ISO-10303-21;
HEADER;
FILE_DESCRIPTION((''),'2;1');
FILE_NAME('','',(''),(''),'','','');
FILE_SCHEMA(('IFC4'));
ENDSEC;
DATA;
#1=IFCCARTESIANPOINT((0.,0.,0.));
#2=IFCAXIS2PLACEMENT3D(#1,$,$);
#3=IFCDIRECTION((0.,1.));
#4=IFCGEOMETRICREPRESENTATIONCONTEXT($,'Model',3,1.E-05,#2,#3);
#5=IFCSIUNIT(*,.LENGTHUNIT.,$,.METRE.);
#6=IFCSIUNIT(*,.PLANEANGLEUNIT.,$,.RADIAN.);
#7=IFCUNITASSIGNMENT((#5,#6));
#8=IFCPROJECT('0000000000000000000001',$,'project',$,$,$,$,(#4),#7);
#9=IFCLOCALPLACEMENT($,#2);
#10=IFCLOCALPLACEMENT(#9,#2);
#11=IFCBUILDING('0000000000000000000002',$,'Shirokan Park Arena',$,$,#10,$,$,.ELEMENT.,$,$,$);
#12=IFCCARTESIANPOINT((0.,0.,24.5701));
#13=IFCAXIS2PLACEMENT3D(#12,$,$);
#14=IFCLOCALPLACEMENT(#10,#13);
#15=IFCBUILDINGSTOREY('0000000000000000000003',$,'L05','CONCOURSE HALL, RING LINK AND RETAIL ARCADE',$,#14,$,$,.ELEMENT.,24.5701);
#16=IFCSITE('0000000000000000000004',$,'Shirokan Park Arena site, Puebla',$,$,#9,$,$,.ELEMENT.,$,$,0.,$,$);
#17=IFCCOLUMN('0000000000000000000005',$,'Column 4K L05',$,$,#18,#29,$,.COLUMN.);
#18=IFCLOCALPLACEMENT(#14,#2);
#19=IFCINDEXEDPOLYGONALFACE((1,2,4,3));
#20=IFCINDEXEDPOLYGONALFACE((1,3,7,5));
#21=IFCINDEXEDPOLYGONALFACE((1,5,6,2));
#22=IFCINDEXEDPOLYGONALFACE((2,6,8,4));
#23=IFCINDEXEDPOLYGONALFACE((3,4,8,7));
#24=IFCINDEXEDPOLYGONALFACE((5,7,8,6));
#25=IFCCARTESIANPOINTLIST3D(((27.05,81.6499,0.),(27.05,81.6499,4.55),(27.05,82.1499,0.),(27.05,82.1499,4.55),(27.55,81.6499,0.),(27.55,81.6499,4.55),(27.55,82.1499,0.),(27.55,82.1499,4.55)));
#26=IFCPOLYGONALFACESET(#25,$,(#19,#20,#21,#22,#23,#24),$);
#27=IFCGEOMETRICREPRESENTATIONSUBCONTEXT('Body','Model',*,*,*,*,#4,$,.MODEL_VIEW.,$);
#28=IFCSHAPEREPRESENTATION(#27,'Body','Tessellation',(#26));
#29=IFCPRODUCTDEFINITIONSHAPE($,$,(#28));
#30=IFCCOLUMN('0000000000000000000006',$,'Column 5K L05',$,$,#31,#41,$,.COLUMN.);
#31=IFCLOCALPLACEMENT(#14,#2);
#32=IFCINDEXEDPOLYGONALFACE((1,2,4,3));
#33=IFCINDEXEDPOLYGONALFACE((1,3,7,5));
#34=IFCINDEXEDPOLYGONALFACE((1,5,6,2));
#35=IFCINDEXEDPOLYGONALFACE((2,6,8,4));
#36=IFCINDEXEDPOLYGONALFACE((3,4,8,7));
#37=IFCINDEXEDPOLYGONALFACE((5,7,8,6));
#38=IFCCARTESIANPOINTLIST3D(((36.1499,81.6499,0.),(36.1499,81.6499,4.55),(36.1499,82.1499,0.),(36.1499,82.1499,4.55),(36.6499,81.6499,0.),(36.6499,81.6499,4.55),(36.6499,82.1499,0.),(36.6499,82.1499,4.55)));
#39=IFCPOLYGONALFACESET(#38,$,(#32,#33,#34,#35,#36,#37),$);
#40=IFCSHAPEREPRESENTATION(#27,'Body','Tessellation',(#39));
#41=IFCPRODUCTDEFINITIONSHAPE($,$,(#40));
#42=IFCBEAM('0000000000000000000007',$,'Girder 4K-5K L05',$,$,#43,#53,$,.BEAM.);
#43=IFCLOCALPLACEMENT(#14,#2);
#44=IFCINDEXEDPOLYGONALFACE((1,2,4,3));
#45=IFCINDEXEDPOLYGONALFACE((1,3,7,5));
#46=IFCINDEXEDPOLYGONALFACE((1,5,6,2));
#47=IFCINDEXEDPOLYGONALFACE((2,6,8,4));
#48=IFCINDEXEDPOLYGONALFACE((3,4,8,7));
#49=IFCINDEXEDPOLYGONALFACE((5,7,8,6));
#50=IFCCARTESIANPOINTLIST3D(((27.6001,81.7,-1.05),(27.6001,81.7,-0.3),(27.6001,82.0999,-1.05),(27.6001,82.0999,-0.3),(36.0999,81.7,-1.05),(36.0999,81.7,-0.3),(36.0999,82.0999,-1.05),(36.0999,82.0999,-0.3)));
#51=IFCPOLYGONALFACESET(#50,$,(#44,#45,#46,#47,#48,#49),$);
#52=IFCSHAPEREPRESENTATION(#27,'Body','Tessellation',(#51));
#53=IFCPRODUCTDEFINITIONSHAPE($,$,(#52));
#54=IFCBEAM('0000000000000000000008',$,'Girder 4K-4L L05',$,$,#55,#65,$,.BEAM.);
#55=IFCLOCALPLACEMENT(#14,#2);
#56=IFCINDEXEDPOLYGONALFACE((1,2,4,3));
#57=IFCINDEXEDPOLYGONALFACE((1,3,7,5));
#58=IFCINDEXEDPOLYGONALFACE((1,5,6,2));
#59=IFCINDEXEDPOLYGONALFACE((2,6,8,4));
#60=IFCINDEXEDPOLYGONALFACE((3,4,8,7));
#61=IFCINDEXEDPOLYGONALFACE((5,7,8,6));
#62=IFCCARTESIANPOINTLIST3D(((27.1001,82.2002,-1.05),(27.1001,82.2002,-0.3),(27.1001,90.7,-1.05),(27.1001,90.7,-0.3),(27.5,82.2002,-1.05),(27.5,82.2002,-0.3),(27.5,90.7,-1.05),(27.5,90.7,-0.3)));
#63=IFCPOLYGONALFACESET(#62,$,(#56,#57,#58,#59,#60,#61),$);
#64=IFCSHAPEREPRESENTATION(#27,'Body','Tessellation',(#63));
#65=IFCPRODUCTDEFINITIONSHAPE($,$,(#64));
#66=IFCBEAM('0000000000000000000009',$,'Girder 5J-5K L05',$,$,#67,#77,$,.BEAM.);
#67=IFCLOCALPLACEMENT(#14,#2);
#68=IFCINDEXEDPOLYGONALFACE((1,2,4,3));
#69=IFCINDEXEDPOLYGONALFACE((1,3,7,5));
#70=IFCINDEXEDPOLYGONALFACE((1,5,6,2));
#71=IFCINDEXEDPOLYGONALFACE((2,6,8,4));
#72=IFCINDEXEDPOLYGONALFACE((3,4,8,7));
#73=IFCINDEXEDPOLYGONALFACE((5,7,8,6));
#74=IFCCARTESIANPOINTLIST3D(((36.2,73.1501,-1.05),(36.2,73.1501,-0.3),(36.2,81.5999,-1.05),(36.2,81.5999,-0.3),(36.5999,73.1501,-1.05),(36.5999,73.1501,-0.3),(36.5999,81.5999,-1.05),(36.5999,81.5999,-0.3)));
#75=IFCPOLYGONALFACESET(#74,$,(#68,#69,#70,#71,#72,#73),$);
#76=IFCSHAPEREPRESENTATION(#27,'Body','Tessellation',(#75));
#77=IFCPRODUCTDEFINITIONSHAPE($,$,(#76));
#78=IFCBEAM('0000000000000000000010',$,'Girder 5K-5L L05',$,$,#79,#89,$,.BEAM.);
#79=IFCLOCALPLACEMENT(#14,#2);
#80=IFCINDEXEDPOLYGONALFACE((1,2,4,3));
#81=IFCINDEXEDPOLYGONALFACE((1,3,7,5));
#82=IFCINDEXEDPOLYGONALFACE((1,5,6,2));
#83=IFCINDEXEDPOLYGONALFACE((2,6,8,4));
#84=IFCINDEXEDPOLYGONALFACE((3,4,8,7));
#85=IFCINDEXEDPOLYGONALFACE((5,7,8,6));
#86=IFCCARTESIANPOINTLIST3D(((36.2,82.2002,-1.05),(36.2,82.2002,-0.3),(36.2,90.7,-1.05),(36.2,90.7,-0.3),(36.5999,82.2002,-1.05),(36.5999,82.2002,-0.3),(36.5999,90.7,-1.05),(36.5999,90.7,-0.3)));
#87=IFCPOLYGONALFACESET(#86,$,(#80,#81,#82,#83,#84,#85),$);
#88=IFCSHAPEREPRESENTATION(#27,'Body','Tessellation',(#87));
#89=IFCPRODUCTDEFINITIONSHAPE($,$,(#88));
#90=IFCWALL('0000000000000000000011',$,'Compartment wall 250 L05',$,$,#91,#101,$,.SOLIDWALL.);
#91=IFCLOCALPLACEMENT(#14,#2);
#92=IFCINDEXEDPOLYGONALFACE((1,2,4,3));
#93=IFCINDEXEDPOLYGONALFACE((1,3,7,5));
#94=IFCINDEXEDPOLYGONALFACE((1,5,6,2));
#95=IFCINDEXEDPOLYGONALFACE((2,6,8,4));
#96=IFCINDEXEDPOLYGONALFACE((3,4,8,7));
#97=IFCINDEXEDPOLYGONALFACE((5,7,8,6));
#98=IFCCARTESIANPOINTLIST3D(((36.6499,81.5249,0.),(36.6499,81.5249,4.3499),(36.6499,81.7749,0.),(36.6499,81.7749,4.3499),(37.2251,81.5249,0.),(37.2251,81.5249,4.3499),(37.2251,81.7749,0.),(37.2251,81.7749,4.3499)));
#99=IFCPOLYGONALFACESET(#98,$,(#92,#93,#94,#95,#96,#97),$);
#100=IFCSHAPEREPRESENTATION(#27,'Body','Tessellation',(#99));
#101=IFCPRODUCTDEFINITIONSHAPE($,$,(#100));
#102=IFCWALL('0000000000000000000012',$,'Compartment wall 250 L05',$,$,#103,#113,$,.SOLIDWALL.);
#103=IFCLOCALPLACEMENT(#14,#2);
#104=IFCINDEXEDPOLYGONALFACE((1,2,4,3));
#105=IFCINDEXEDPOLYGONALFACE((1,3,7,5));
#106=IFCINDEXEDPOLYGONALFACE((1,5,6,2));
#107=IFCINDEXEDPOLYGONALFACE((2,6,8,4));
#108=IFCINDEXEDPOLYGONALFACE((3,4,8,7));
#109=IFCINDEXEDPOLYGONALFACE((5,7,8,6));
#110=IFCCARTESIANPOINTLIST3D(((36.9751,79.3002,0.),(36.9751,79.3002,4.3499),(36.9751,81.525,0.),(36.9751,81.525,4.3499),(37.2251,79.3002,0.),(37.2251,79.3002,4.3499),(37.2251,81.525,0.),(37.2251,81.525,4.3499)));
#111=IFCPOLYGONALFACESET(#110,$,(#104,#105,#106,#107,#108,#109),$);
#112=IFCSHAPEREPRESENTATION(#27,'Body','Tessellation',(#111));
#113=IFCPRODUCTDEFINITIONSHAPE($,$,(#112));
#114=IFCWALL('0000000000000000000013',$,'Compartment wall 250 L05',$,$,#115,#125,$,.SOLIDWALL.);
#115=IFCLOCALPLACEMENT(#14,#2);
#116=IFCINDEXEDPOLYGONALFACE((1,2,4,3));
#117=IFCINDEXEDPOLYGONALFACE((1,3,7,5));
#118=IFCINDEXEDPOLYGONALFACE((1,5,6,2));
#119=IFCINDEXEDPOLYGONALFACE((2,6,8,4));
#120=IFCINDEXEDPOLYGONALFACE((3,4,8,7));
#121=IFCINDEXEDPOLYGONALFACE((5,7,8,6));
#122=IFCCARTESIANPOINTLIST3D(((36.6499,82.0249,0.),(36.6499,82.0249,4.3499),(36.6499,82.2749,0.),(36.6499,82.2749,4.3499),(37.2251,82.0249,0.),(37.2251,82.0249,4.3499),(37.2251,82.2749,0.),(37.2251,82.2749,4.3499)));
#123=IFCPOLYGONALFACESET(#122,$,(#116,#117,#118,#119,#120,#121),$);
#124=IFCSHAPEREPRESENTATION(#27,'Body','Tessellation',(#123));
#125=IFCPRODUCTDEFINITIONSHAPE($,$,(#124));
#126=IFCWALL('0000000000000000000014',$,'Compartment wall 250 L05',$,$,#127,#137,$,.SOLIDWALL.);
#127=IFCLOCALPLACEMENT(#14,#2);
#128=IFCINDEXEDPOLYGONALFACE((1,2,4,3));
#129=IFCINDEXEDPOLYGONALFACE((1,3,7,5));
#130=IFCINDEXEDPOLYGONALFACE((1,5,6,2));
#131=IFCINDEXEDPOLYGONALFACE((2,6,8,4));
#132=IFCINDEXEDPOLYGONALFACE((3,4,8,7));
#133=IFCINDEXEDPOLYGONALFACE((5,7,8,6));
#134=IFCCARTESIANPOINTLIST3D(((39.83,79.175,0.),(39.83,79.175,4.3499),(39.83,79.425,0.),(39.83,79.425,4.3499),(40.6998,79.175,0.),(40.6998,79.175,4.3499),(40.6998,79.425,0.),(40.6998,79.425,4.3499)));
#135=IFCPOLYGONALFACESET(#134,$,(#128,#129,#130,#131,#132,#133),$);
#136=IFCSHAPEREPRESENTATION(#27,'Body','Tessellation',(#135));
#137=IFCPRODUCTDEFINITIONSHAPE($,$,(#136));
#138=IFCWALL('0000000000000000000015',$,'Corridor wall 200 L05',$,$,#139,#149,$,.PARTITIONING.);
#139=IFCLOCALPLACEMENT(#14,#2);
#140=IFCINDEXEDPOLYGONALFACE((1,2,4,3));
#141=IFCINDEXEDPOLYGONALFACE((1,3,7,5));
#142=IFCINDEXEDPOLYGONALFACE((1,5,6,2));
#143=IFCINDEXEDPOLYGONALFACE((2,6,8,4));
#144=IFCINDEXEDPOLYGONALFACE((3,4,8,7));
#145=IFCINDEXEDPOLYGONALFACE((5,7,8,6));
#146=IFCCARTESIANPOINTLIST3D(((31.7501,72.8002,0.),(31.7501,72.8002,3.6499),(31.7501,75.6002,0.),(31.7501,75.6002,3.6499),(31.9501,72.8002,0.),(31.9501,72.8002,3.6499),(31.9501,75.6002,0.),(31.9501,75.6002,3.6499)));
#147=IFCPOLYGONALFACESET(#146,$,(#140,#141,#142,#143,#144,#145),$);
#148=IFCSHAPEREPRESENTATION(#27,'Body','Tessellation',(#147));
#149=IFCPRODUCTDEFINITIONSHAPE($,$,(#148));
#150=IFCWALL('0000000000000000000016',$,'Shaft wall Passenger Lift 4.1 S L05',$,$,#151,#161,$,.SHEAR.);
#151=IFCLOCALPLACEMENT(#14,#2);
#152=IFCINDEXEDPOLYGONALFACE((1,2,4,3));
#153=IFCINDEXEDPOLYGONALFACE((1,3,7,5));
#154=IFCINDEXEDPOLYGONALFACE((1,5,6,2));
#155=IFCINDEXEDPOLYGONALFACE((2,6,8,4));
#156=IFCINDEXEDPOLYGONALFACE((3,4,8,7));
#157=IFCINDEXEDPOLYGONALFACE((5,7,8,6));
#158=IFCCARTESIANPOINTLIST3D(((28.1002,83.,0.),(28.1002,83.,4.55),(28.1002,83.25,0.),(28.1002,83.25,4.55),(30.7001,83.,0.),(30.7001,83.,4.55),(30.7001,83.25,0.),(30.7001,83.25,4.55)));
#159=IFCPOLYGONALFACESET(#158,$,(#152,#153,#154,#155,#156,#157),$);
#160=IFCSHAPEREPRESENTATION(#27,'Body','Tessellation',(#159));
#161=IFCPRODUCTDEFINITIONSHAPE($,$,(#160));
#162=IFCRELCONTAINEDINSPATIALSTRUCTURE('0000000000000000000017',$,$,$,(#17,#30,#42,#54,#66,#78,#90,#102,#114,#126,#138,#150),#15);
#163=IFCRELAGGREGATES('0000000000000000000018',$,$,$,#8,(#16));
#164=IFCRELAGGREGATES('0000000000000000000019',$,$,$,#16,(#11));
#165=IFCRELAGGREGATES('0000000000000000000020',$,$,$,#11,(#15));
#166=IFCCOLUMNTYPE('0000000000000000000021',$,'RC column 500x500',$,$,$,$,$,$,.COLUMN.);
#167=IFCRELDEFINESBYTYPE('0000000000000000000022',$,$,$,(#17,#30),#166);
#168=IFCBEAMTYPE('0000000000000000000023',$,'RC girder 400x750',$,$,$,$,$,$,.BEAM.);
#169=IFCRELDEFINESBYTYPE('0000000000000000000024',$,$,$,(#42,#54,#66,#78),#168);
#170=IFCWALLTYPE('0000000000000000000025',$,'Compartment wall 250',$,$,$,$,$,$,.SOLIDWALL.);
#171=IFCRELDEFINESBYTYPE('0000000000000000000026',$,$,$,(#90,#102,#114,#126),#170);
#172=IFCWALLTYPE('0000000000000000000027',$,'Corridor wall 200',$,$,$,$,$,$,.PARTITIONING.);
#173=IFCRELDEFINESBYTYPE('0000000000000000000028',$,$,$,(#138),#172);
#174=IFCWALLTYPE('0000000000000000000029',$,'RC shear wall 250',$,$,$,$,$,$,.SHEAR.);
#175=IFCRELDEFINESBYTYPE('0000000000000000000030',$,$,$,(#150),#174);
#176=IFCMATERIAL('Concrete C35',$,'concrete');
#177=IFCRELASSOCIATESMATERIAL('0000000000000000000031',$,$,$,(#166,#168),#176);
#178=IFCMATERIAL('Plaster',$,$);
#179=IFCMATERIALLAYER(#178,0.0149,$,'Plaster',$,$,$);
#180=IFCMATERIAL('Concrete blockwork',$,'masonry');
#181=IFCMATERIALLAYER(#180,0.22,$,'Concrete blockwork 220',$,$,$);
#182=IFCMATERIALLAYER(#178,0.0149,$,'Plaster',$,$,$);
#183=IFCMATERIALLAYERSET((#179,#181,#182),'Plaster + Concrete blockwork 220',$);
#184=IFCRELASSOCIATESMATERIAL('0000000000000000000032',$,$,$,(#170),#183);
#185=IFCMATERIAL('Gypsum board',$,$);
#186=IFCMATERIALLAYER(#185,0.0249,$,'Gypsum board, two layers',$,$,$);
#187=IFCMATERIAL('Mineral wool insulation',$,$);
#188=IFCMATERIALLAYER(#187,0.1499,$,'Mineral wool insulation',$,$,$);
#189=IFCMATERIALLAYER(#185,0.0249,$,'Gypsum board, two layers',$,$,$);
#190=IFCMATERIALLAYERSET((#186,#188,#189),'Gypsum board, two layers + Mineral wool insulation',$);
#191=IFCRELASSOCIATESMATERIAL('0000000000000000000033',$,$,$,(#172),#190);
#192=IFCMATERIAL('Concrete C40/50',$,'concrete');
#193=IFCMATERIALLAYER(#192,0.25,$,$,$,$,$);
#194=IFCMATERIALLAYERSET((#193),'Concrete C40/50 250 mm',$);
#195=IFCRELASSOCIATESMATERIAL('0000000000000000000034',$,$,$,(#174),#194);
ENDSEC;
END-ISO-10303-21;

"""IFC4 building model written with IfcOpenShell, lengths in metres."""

from ifc_helpers import new_model, si_unit, direction, frame, frame_2d, origin, origin_2d, place, context, subcontext, project, spatial, rectangle, extrude, material, layer, layer_set, material_profile, profile_set, type_object, element, save


model = new_model("IFC4")

# Units and contexts
model_context = context("Model", 3, precision=1e-05, world=origin(), true_north=direction((0.0, 1.0)))
body_context = subcontext(model_context, "Body", "Model", "MODEL_VIEW")
ifc_project = project(units=[si_unit("LENGTHUNIT", "METRE"), si_unit("PLANEANGLEUNIT", "RADIAN")], contexts=[model_context])

# Site, building, storey
site_placement = place(None, origin())
site = spatial("IfcSite", under=ifc_project, at=site_placement, Name="Shirokan Park Arena site, Puebla", CompositionType="ELEMENT", RefElevation=0.0)
building_placement = place(site_placement, origin())
building = spatial("IfcBuilding", under=site, at=building_placement, Name="Shirokan Park Arena", CompositionType="ELEMENT")
storey_placement = place(building_placement, frame((0.0, 0.0, 24.5701)))
storey = spatial("IfcBuildingStorey", under=building, at=storey_placement, Name="L05", Description="CONCOURSE HALL, RING LINK AND RETAIL ARCADE", CompositionType="ELEMENT", Elevation=24.5701)

# Columns
ifc_material_1 = material(Name="Concrete C35", Category="concrete")
ifc_material_profile_1 = material_profile(ifc_material_1, rectangle(XDim=0.5, YDim=0.5, at=origin_2d()), Name="500x500")
ifc_profile_set_1 = profile_set([ifc_material_profile_1], Name="Concrete C35")
column_type = type_object("IfcColumnType", Name="RC column 500x500", PredefinedType="COLUMN", material=ifc_profile_set_1)
for number, where, z_axis, x_axis, name in (
    (1, (27.3, 81.8999, 0.0), (0.0, 0.0, 1.0), (1.0, 0.0, 0.0), "Column 4K L05"),
    (2, (36.3999, 81.8999, 0.0), (0.0, 0.0, 1.0), (1.0, 0.0, 0.0), "Column 5K L05"),
):
    element("IfcColumn", number, at=place(storey_placement, frame(where, z_axis=z_axis, x_axis=x_axis)), inside=storey, type_object=column_type, Name=name, PredefinedType="COLUMN", context=body_context, shape_type="SweptSolid", body=[
        extrude(rectangle(XDim=0.5, YDim=0.5, at=origin_2d()), origin(), (0.0, 0.0, 1.0), 4.55),
    ])

# Beams
ifc_material_profile_2 = material_profile(ifc_material_1, rectangle(XDim=0.3999, YDim=0.75, at=origin_2d()), Name="400x750")
ifc_profile_set_2 = profile_set([ifc_material_profile_2], Name="Concrete C35")
beam_type = type_object("IfcBeamType", Name="RC girder 400x750", PredefinedType="BEAM", material=ifc_profile_set_2)
for number, where, z_axis, x_axis, name in (
    (3, (27.6001, 81.8999, -0.675), (1.0, 0.0, 0.0), (0.0, 1.0, 0.0), "Girder 4K-5K L05"),
    (4, (27.3, 82.2002, -0.675), (0.0, 1.0, 0.0), (-1.0, 0.0, 0.0), "Girder 4K-4L L05"),
):
    element("IfcBeam", number, at=place(storey_placement, frame(where, z_axis=z_axis, x_axis=x_axis)), inside=storey, type_object=beam_type, Name=name, PredefinedType="BEAM", context=body_context, shape_type="SweptSolid", body=[
        extrude(rectangle(XDim=0.3999, YDim=0.75, at=origin_2d()), origin(), (0.0, 0.0, 1.0), 8.4998),
    ])
beam_1_placement = place(storey_placement, frame((36.3999, 73.1501, -0.675), z_axis=(0.0, 1.0, 0.0), x_axis=(-1.0, 0.0, 0.0)))
element("IfcBeam", 5, at=beam_1_placement, inside=storey, type_object=beam_type, Name="Girder 5J-5K L05", PredefinedType="BEAM", context=body_context, shape_type="SweptSolid", body=[
    extrude(rectangle(XDim=0.3999, YDim=0.75, at=origin_2d()), origin(), (0.0, 0.0, 1.0), 8.4497),
])
beam_2_placement = place(storey_placement, frame((36.3999, 82.2002, -0.675), z_axis=(0.0, 1.0, 0.0), x_axis=(-1.0, 0.0, 0.0)))
element("IfcBeam", 6, at=beam_2_placement, inside=storey, type_object=beam_type, Name="Girder 5K-5L L05", PredefinedType="BEAM", context=body_context, shape_type="SweptSolid", body=[
    extrude(rectangle(XDim=0.3999, YDim=0.75, at=origin_2d()), origin(), (0.0, 0.0, 1.0), 8.4998),
])

# Walls
ifc_material_2 = material(Name="Plaster")
ifc_layer_1 = layer(ifc_material_2, 0.0149, Name="Plaster")
ifc_material_3 = material(Name="Concrete blockwork", Category="masonry")
ifc_layer_2 = layer(ifc_material_3, 0.22, Name="Concrete blockwork 220")
ifc_layer_3 = layer(ifc_material_2, 0.0149, Name="Plaster")
ifc_layer_set_1 = layer_set([ifc_layer_1, ifc_layer_2, ifc_layer_3], Name="Plaster + Concrete blockwork 220")
wall_type_1 = type_object("IfcWallType", Name="Compartment wall 250", PredefinedType="SOLIDWALL", material=ifc_layer_set_1)
wall_1_placement = place(storey_placement, frame((36.6499, 81.6499, 0.0), z_axis=(0.0, 0.0, 1.0), x_axis=(1.0, 0.0, 0.0)))
element("IfcWall", 7, at=wall_1_placement, inside=storey, type_object=wall_type_1, Name="Compartment wall 250 L05", PredefinedType="SOLIDWALL", context=body_context, shape_type="SweptSolid", body=[
    extrude(rectangle(XDim=0.5752, YDim=0.25, at=frame_2d((0.2876, 0.0))), origin(), (0.0, 0.0, 1.0), 4.3499),
])
wall_2_placement = place(storey_placement, frame((37.1001, 81.5249, 0.0), z_axis=(0.0, 0.0, 1.0), x_axis=(0.0, -1.0, 0.0)))
element("IfcWall", 8, at=wall_2_placement, inside=storey, type_object=wall_type_1, Name="Compartment wall 250 L05", PredefinedType="SOLIDWALL", context=body_context, shape_type="SweptSolid", body=[
    extrude(rectangle(XDim=2.2249, YDim=0.25, at=frame_2d((1.1123, 0.0))), origin(), (0.0, 0.0, 1.0), 4.3499),
])
wall_3_placement = place(storey_placement, frame((37.2251, 82.1499, 0.0), z_axis=(0.0, 0.0, 1.0), x_axis=(-1.0, 0.0, 0.0)))
element("IfcWall", 9, at=wall_3_placement, inside=storey, type_object=wall_type_1, Name="Compartment wall 250 L05", PredefinedType="SOLIDWALL", context=body_context, shape_type="SweptSolid", body=[
    extrude(rectangle(XDim=0.5752, YDim=0.25, at=frame_2d((0.2876, 0.0))), origin(), (0.0, 0.0, 1.0), 4.3499),
])
wall_4_placement = place(storey_placement, frame((40.7, 79.3, 0.0), z_axis=(0.0, 0.0, 1.0), x_axis=(-1.0, 0.0, 0.0)))
element("IfcWall", 10, at=wall_4_placement, inside=storey, type_object=wall_type_1, Name="Compartment wall 250 L05", PredefinedType="SOLIDWALL", context=body_context, shape_type="SweptSolid", body=[
    extrude(rectangle(XDim=0.8699, YDim=0.25, at=frame_2d((0.4351, 0.0))), origin(), (0.0, 0.0, 1.0), 4.3499),
])
ifc_material_4 = material(Name="Gypsum board")
ifc_layer_4 = layer(ifc_material_4, 0.0249, Name="Gypsum board, two layers")
ifc_material_5 = material(Name="Mineral wool insulation")
ifc_layer_5 = layer(ifc_material_5, 0.1499, Name="Mineral wool insulation")
ifc_layer_6 = layer(ifc_material_4, 0.0249, Name="Gypsum board, two layers")
ifc_layer_set_2 = layer_set([ifc_layer_4, ifc_layer_5, ifc_layer_6], Name="Gypsum board, two layers + Mineral wool insulation")
wall_type_2 = type_object("IfcWallType", Name="Corridor wall 200", PredefinedType="PARTITIONING", material=ifc_layer_set_2)
wall_5_placement = place(storey_placement, frame((31.8501, 75.6001, 0.0), z_axis=(0.0, 0.0, 1.0), x_axis=(0.0, -1.0, 0.0)))
element("IfcWall", 11, at=wall_5_placement, inside=storey, type_object=wall_type_2, Name="Corridor wall 200 L05", PredefinedType="PARTITIONING", context=body_context, shape_type="SweptSolid", body=[
    extrude(rectangle(XDim=2.8, YDim=0.2, at=frame_2d((1.3999, 0.0))), origin(), (0.0, 0.0, 1.0), 3.6499),
])
ifc_material_6 = material(Name="Concrete C40/50", Category="concrete")
ifc_layer_7 = layer(ifc_material_6, 0.25)
ifc_layer_set_3 = layer_set([ifc_layer_7], Name="Concrete C40/50 250 mm")
wall_type_3 = type_object("IfcWallType", Name="RC shear wall 250", PredefinedType="SHEAR", material=ifc_layer_set_3)
wall_6_placement = place(storey_placement, frame((30.7, 83.125, 0.0), z_axis=(0.0, 0.0, 1.0), x_axis=(-1.0, 0.0, 0.0)))
element("IfcWall", 12, at=wall_6_placement, inside=storey, type_object=wall_type_3, Name="Shaft wall Passenger Lift 4.1 S L05", PredefinedType="SHEAR", context=body_context, shape_type="SweptSolid", body=[
    extrude(rectangle(XDim=2.5999, YDim=0.25, at=frame_2d((1.2998, 0.0))), origin(), (0.0, 0.0, 1.0), 4.55),
])

save(model, "model.ifc")
